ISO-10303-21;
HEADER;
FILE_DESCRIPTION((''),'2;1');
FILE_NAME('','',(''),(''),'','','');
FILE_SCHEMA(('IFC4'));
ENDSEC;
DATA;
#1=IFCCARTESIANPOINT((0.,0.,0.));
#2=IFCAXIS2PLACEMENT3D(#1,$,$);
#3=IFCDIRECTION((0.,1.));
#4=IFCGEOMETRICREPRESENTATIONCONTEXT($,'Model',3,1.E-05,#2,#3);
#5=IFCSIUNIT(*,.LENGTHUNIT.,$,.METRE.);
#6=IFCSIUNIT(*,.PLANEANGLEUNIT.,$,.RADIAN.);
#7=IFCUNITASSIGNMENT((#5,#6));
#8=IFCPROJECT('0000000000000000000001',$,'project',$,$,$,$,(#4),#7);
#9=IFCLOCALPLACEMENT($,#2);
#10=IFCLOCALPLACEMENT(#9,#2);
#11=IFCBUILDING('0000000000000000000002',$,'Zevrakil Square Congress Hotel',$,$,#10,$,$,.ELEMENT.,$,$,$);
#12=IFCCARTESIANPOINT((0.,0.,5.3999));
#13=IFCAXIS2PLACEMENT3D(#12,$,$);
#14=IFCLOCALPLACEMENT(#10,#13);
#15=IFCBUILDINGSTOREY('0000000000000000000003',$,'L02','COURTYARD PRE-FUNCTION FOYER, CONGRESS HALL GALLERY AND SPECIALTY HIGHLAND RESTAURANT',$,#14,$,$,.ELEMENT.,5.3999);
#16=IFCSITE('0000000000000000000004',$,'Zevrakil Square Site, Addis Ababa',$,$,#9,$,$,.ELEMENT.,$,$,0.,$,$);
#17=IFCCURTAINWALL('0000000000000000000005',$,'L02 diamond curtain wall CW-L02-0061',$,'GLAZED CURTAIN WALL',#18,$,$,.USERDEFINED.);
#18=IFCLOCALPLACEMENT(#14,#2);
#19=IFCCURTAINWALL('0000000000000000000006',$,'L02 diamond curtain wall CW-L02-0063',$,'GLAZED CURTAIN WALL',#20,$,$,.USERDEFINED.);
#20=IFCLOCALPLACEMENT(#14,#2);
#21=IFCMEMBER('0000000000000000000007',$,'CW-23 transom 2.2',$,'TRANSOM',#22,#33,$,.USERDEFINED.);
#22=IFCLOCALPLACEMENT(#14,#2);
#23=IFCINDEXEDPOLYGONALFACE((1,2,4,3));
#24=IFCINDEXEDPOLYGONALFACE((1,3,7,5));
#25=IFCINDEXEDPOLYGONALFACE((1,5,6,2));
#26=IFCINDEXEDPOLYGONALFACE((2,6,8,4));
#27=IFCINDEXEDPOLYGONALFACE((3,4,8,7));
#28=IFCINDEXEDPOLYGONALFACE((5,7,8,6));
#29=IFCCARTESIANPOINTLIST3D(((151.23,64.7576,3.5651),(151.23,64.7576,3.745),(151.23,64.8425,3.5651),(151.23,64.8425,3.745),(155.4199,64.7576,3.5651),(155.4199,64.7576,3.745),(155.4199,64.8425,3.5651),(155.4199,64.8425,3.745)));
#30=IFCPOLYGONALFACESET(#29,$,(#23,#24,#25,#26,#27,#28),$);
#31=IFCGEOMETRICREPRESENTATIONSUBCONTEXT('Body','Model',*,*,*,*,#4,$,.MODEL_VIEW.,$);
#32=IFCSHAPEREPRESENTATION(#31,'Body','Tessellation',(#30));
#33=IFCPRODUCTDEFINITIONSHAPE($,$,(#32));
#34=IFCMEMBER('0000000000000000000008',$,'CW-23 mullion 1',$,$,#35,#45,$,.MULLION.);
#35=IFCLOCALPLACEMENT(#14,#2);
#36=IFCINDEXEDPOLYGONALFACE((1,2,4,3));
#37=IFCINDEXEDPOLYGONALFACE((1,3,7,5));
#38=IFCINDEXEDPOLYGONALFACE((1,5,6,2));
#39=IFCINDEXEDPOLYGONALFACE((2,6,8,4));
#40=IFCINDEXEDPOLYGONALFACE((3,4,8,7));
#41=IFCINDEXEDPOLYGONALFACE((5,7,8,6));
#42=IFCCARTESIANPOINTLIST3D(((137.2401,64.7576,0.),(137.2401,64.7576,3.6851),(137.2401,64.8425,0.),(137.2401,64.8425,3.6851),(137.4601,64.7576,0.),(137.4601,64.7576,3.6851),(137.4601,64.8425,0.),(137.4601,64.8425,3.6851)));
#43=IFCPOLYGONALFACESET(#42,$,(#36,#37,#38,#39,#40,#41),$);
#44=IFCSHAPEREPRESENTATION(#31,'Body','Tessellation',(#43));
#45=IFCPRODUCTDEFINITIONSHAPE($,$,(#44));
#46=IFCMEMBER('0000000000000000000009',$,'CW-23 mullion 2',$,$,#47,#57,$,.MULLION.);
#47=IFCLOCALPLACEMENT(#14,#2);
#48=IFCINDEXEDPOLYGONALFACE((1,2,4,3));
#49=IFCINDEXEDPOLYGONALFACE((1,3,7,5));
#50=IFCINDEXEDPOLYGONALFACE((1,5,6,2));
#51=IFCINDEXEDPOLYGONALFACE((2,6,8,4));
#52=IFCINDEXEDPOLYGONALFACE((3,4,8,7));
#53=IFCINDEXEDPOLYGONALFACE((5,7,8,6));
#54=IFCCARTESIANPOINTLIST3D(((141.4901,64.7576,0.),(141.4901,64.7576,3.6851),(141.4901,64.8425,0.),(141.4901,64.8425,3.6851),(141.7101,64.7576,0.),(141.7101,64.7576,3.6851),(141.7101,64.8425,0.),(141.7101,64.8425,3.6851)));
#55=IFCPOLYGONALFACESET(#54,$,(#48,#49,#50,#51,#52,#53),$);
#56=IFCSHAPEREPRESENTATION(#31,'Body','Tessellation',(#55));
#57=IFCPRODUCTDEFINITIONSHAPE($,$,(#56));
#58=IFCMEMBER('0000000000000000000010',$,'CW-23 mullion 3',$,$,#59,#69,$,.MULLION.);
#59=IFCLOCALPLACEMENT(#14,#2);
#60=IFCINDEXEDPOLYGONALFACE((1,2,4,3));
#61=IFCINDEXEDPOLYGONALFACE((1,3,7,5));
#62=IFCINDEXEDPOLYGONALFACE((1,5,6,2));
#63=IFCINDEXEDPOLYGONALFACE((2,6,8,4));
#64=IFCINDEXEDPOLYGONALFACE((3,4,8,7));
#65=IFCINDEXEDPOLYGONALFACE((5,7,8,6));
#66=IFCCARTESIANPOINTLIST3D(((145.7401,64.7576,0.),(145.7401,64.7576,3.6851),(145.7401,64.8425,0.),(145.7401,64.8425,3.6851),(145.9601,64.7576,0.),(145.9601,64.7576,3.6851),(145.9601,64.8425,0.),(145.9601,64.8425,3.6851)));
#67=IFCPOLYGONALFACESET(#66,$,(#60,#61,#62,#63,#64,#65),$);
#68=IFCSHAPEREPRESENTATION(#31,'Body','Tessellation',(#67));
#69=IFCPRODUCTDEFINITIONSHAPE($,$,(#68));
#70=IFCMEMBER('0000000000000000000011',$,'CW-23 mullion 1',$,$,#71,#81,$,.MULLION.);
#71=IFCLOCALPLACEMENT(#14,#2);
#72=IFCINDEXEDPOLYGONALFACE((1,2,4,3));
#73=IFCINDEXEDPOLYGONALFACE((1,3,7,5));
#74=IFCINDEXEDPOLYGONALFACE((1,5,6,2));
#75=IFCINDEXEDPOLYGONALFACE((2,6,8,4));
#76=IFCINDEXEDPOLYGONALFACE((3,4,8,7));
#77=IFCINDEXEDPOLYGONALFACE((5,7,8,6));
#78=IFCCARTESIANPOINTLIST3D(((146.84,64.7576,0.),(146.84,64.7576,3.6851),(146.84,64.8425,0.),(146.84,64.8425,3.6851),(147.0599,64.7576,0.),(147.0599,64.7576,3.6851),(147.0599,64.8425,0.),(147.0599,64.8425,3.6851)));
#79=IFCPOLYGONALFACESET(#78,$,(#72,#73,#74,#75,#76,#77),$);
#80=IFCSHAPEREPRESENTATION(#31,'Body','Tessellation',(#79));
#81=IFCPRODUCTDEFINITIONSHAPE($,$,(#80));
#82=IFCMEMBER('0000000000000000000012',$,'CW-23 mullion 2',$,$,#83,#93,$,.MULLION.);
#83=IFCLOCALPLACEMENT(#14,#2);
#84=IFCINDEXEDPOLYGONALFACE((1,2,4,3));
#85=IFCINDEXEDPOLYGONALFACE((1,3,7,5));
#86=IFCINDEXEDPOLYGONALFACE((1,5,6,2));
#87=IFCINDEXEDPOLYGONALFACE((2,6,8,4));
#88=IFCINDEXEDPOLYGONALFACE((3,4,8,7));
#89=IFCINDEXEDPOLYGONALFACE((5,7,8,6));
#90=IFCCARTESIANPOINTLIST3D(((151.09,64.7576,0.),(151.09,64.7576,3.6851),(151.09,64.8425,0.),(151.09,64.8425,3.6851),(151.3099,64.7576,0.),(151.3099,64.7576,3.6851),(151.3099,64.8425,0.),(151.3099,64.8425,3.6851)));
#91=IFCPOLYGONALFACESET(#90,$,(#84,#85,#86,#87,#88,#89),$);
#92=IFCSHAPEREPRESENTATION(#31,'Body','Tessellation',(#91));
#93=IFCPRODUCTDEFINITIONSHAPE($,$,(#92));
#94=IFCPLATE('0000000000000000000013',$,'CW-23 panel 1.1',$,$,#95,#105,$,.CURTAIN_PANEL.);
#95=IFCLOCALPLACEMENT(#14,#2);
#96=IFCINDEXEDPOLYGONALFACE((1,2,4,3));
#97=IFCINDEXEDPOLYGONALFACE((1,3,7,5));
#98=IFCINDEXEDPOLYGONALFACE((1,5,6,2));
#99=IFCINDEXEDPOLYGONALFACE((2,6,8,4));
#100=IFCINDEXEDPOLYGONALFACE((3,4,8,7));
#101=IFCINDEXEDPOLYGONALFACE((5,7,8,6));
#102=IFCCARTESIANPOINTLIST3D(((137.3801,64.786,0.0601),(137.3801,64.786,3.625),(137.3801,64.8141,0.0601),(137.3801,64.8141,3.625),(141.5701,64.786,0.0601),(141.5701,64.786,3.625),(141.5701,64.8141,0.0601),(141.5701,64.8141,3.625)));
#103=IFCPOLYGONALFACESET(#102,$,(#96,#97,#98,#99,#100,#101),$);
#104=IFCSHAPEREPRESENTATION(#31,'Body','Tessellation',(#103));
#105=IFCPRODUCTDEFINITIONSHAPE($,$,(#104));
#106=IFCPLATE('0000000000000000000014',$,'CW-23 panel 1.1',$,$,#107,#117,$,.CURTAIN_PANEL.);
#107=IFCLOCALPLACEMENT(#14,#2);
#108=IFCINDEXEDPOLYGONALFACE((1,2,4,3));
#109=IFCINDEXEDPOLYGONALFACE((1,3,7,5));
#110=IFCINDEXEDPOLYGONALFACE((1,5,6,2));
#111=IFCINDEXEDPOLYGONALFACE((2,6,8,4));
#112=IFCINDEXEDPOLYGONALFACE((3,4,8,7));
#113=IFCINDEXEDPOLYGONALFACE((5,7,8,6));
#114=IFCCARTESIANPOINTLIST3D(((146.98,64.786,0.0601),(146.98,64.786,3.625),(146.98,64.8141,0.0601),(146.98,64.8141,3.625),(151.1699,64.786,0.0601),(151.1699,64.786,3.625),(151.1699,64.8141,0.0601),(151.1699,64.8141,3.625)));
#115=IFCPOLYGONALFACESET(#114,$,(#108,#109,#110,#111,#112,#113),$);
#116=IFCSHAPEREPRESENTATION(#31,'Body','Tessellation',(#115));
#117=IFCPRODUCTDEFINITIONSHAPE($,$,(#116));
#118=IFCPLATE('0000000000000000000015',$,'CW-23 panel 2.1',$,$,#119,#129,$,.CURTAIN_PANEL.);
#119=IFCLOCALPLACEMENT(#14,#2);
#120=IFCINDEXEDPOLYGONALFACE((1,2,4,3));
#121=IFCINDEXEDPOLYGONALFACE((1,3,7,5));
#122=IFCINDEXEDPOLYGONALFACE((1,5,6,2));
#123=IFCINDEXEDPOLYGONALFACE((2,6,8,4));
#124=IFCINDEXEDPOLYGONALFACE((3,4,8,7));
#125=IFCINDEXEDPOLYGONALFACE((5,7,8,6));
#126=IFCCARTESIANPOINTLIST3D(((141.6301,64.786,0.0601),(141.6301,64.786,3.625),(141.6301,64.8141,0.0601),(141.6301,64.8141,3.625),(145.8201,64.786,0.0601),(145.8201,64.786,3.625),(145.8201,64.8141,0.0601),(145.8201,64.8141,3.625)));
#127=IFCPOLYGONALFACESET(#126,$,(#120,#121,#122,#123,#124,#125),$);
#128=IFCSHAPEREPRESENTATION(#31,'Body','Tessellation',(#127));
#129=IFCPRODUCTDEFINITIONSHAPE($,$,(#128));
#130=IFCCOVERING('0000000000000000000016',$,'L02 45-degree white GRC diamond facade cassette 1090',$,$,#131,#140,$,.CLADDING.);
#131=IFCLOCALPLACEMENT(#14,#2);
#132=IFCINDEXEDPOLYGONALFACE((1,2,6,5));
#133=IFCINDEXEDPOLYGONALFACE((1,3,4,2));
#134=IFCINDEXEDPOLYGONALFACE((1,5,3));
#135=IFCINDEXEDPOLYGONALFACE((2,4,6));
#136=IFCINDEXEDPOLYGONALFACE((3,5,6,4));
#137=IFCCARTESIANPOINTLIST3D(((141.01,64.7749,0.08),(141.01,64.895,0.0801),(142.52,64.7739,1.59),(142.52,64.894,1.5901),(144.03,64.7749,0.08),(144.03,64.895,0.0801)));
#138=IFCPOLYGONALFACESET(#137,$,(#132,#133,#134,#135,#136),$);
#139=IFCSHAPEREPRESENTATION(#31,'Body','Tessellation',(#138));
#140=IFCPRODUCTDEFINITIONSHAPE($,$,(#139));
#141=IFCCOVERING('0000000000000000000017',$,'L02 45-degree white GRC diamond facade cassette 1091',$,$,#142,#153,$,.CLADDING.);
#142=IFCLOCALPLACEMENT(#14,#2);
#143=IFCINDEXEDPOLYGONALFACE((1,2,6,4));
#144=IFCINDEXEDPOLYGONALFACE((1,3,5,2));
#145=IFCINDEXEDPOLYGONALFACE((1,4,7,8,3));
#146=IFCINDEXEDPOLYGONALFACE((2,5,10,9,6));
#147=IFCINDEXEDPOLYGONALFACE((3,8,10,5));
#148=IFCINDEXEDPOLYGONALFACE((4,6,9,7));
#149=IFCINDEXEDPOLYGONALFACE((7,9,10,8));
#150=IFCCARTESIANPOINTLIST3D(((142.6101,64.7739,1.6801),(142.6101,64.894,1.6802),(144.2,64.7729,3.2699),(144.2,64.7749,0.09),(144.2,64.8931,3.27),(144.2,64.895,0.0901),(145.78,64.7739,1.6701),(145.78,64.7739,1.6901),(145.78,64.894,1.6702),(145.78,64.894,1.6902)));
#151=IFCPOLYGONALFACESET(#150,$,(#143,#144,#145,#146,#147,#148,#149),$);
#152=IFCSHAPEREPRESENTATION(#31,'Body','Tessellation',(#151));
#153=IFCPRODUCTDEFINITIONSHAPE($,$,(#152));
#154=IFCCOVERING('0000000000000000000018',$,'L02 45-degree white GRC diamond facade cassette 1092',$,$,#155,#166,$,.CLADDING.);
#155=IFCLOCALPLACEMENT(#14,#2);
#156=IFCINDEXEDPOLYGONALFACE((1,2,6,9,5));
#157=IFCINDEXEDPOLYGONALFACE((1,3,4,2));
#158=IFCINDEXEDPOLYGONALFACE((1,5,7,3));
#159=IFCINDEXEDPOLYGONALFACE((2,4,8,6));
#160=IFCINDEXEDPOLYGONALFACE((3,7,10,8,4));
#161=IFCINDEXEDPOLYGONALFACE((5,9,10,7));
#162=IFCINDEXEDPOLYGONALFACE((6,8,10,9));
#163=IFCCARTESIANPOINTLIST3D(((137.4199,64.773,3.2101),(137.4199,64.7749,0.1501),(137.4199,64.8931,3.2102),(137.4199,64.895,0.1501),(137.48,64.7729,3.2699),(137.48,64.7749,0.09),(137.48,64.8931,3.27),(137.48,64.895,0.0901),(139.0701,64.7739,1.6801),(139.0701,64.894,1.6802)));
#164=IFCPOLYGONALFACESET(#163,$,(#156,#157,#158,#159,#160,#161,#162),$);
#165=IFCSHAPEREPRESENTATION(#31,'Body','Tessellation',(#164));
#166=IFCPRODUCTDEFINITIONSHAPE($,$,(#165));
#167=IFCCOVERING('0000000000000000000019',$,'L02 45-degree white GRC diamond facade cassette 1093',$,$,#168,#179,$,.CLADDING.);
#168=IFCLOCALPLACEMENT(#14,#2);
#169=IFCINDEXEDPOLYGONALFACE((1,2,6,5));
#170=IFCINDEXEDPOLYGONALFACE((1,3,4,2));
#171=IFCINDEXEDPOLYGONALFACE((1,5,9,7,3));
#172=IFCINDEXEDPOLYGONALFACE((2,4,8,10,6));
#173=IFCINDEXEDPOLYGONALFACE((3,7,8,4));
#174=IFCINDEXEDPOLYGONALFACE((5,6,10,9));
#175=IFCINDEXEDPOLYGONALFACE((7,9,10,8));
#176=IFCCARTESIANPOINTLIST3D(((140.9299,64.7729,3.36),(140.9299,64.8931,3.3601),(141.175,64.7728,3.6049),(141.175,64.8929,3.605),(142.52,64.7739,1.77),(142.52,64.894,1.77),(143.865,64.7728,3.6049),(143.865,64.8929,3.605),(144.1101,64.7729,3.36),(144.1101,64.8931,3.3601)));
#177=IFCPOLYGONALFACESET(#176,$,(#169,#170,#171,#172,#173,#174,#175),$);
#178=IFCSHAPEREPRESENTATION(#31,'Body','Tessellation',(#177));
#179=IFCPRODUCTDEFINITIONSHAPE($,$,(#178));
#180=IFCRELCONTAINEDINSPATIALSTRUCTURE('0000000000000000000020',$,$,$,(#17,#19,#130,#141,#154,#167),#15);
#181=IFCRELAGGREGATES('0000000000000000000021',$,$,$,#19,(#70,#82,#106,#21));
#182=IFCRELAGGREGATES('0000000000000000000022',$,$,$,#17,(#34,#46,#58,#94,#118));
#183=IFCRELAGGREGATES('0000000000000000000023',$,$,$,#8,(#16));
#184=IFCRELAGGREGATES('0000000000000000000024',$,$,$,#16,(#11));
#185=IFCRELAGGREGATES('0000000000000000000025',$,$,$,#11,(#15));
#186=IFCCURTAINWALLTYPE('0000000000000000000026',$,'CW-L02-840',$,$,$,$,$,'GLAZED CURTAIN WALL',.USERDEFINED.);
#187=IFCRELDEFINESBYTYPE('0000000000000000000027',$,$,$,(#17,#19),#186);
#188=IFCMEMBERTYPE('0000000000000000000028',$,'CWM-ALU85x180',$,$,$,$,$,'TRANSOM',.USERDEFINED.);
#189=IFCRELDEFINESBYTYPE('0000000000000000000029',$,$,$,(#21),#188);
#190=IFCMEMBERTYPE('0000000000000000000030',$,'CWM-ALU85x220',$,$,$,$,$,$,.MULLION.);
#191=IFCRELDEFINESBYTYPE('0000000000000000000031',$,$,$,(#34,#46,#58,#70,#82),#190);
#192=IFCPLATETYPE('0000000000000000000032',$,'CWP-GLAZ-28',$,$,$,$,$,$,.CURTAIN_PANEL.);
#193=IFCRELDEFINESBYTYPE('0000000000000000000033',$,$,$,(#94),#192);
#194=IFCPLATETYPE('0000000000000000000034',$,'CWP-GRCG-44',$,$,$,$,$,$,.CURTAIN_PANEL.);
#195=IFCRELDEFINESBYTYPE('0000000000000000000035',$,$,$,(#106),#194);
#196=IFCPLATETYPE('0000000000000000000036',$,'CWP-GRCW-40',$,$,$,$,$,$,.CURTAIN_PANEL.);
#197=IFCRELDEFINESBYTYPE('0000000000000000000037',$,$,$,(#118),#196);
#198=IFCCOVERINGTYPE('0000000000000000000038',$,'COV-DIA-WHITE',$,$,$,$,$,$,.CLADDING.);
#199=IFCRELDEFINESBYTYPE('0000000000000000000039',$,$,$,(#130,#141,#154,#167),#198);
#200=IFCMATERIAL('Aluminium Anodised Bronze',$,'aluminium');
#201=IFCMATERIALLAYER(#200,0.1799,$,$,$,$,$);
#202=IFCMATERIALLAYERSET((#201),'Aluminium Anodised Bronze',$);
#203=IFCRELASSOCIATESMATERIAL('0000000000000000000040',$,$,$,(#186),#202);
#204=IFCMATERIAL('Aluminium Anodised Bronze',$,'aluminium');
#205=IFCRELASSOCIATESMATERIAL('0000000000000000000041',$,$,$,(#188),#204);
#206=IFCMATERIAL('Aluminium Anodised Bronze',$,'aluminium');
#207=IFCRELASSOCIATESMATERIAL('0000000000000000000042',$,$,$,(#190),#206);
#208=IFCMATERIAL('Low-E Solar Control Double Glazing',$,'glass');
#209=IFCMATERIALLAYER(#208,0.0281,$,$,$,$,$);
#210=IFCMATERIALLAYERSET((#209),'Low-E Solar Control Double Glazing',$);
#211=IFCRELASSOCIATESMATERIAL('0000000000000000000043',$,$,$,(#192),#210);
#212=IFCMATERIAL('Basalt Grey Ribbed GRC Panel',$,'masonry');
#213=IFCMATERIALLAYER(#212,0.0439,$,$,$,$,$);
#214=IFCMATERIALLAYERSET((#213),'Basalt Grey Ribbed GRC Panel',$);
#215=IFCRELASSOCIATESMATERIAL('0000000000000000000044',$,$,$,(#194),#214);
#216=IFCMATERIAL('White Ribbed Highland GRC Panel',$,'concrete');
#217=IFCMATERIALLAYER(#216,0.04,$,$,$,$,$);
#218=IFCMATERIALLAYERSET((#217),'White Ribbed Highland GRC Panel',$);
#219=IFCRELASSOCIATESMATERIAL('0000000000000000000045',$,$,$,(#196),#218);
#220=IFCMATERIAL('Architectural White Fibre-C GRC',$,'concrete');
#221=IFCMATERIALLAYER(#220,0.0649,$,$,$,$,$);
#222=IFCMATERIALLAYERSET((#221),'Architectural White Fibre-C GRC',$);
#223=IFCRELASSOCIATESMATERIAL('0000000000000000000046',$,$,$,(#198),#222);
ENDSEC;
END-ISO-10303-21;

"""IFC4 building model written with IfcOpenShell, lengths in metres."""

from ifc_helpers import new_model, si_unit, direction, frame, origin, origin_2d, place, context, subcontext, project, spatial, polyline, rectangle, outline, extrude, material, layer, layer_set, material_profile, profile_set, type_object, element, aggregate, save


model = new_model("IFC4")

# Units and contexts
model_context = context("Model", 3, precision=1e-05, world=origin(), true_north=direction((0.0, 1.0)))
body_context = subcontext(model_context, "Body", "Model", "MODEL_VIEW")
ifc_project = project(units=[si_unit("LENGTHUNIT", "METRE"), si_unit("PLANEANGLEUNIT", "RADIAN")], contexts=[model_context])

# Site, building, storey
site_placement = place(None, origin())
site = spatial("IfcSite", under=ifc_project, at=site_placement, Name="Zevrakil Square Site, Addis Ababa", CompositionType="ELEMENT", RefElevation=0.0)
building_placement = place(site_placement, origin())
building = spatial("IfcBuilding", under=site, at=building_placement, Name="Zevrakil Square Congress Hotel", CompositionType="ELEMENT")
storey_placement = place(building_placement, frame((0.0, 0.0, 5.3999)))
storey = spatial("IfcBuildingStorey", under=building, at=storey_placement, Name="L02", Description="COURTYARD PRE-FUNCTION FOYER, CONGRESS HALL GALLERY AND SPECIALTY HIGHLAND RESTAURANT", CompositionType="ELEMENT", Elevation=5.3999)

# Curtain walls, member
ifc_material_1 = material(Name="Aluminium Anodised Bronze", Category="aluminium")
ifc_layer_1 = layer(ifc_material_1, 0.1799)
ifc_layer_set_1 = layer_set([ifc_layer_1], Name="Aluminium Anodised Bronze")
curtain_wall_type = type_object("IfcCurtainWallType", Name="CW-L02-840", ElementType="GLAZED CURTAIN WALL", PredefinedType="USERDEFINED", material=ifc_layer_set_1)
curtain_wall_1_placement = place(storey_placement, origin())
curtain_wall_1 = element("IfcCurtainWall", 1, at=curtain_wall_1_placement, inside=storey, type_object=curtain_wall_type, Name="L02 diamond curtain wall CW-L02-0061", ObjectType="GLAZED CURTAIN WALL", PredefinedType="USERDEFINED")
ifc_material_2 = material(Name="Aluminium Anodised Bronze", Category="aluminium")
ifc_material_profile_1 = material_profile(ifc_material_2, rectangle(XDim=0.085, YDim=0.1799, at=origin_2d()), Name="ALU 85x180")
ifc_profile_set_1 = profile_set([ifc_material_profile_1], Name="Aluminium Anodised Bronze")
member_type_1 = type_object("IfcMemberType", Name="CWM-ALU85x180", ElementType="TRANSOM", PredefinedType="USERDEFINED", material=ifc_profile_set_1)
curtain_wall_2_placement = place(storey_placement, origin())
curtain_wall_2 = element("IfcCurtainWall", 2, at=curtain_wall_2_placement, inside=storey, type_object=curtain_wall_type, Name="L02 diamond curtain wall CW-L02-0063", ObjectType="GLAZED CURTAIN WALL", PredefinedType="USERDEFINED")
member_1_placement = place(storey_placement, frame((151.23, 64.8, 3.655), z_axis=(1.0, 0.0, 0.0), x_axis=(0.0, 1.0, 0.0)))
member_1 = element("IfcMember", 3, at=member_1_placement, type_object=member_type_1, Name="CW-23 transom 2.2", ObjectType="TRANSOM", PredefinedType="USERDEFINED", context=body_context, shape_type="SweptSolid", body=[
    extrude(rectangle(XDim=0.085, YDim=0.1799, at=origin_2d()), origin(), (0.0, 0.0, 1.0), 4.1899),
])

# Members
ifc_material_3 = material(Name="Aluminium Anodised Bronze", Category="aluminium")
ifc_material_profile_2 = material_profile(ifc_material_3, rectangle(XDim=0.085, YDim=0.22, at=origin_2d()), Name="ALU 85x220")
ifc_profile_set_2 = profile_set([ifc_material_profile_2], Name="Aluminium Anodised Bronze")
member_type_2 = type_object("IfcMemberType", Name="CWM-ALU85x220", PredefinedType="MULLION", material=ifc_profile_set_2)
member_2_placement = place(storey_placement, frame((137.3501, 64.8, 0.0), z_axis=(0.0, 0.0, 1.0), x_axis=(0.0, 1.0, 0.0)))
member_2 = element("IfcMember", 4, at=member_2_placement, type_object=member_type_2, Name="CW-23 mullion 1", PredefinedType="MULLION", context=body_context, shape_type="SweptSolid", body=[
    extrude(rectangle(XDim=0.085, YDim=0.22, at=origin_2d()), origin(), (0.0, 0.0, 1.0), 3.6851),
])
member_3_placement = place(storey_placement, frame((141.6001, 64.8, 0.0), z_axis=(0.0, 0.0, 1.0), x_axis=(0.0, 1.0, 0.0)))
member_3 = element("IfcMember", 5, at=member_3_placement, type_object=member_type_2, Name="CW-23 mullion 2", PredefinedType="MULLION", context=body_context, shape_type="SweptSolid", body=[
    extrude(rectangle(XDim=0.085, YDim=0.22, at=origin_2d()), origin(), (0.0, 0.0, 1.0), 3.6851),
])
member_4_placement = place(storey_placement, frame((145.8501, 64.8, 0.0), z_axis=(0.0, 0.0, 1.0), x_axis=(0.0, 1.0, 0.0)))
member_4 = element("IfcMember", 6, at=member_4_placement, type_object=member_type_2, Name="CW-23 mullion 3", PredefinedType="MULLION", context=body_context, shape_type="SweptSolid", body=[
    extrude(rectangle(XDim=0.085, YDim=0.22, at=origin_2d()), origin(), (0.0, 0.0, 1.0), 3.6851),
])
member_5_placement = place(storey_placement, frame((146.95, 64.8, 0.0), z_axis=(0.0, 0.0, 1.0), x_axis=(0.0, 1.0, 0.0)))
member_5 = element("IfcMember", 7, at=member_5_placement, type_object=member_type_2, Name="CW-23 mullion 1", PredefinedType="MULLION", context=body_context, shape_type="SweptSolid", body=[
    extrude(rectangle(XDim=0.085, YDim=0.22, at=origin_2d()), origin(), (0.0, 0.0, 1.0), 3.6851),
])
member_6_placement = place(storey_placement, frame((151.2, 64.8, 0.0), z_axis=(0.0, 0.0, 1.0), x_axis=(0.0, 1.0, 0.0)))
member_6 = element("IfcMember", 8, at=member_6_placement, type_object=member_type_2, Name="CW-23 mullion 2", PredefinedType="MULLION", context=body_context, shape_type="SweptSolid", body=[
    extrude(rectangle(XDim=0.085, YDim=0.22, at=origin_2d()), origin(), (0.0, 0.0, 1.0), 3.6851),
])

# Plates
ifc_material_4 = material(Name="Low-E Solar Control Double Glazing", Category="glass")
ifc_layer_2 = layer(ifc_material_4, 0.0281)
ifc_layer_set_2 = layer_set([ifc_layer_2], Name="Low-E Solar Control Double Glazing")
plate_type_1 = type_object("IfcPlateType", Name="CWP-GLAZ-28", PredefinedType="CURTAIN_PANEL", material=ifc_layer_set_2)
plate_1_placement = place(storey_placement, frame((139.4751, 64.8, 0.0601), z_axis=(0.0, 0.0, 1.0), x_axis=(1.0, 0.0, 0.0)))
plate_1 = element("IfcPlate", 9, at=plate_1_placement, type_object=plate_type_1, Name="CW-23 panel 1.1", PredefinedType="CURTAIN_PANEL", context=body_context, shape_type="SweptSolid", body=[
    extrude(rectangle(XDim=4.1899, YDim=0.0281, at=origin_2d()), origin(), (0.0, 0.0, 1.0), 3.5649),
])
ifc_material_5 = material(Name="Basalt Grey Ribbed GRC Panel", Category="masonry")
ifc_layer_3 = layer(ifc_material_5, 0.0439)
ifc_layer_set_3 = layer_set([ifc_layer_3], Name="Basalt Grey Ribbed GRC Panel")
plate_type_2 = type_object("IfcPlateType", Name="CWP-GRCG-44", PredefinedType="CURTAIN_PANEL", material=ifc_layer_set_3)
plate_2_placement = place(storey_placement, frame((149.075, 64.8, 0.0601), z_axis=(0.0, 0.0, 1.0), x_axis=(1.0, 0.0, 0.0)))
plate_2 = element("IfcPlate", 10, at=plate_2_placement, type_object=plate_type_2, Name="CW-23 panel 1.1", PredefinedType="CURTAIN_PANEL", context=body_context, shape_type="SweptSolid", body=[
    extrude(rectangle(XDim=4.1899, YDim=0.0281, at=origin_2d()), origin(), (0.0, 0.0, 1.0), 3.5649),
])
aggregate(curtain_wall_2, [member_5, member_6, plate_2, member_1])
ifc_material_6 = material(Name="White Ribbed Highland GRC Panel", Category="concrete")
ifc_layer_4 = layer(ifc_material_6, 0.04)
ifc_layer_set_4 = layer_set([ifc_layer_4], Name="White Ribbed Highland GRC Panel")
plate_type_3 = type_object("IfcPlateType", Name="CWP-GRCW-40", PredefinedType="CURTAIN_PANEL", material=ifc_layer_set_4)
plate_3_placement = place(storey_placement, frame((143.7251, 64.8, 0.0601), z_axis=(0.0, 0.0, 1.0), x_axis=(1.0, 0.0, 0.0)))
plate_3 = element("IfcPlate", 11, at=plate_3_placement, type_object=plate_type_3, Name="CW-23 panel 2.1", PredefinedType="CURTAIN_PANEL", context=body_context, shape_type="SweptSolid", body=[
    extrude(rectangle(XDim=4.1899, YDim=0.0281, at=origin_2d()), origin(), (0.0, 0.0, 1.0), 3.5649),
])
aggregate(curtain_wall_1, [member_2, member_3, member_4, plate_1, plate_3])

# Coverings
ifc_material_7 = material(Name="Architectural White Fibre-C GRC", Category="concrete")
ifc_layer_5 = layer(ifc_material_7, 0.0649)
ifc_layer_set_5 = layer_set([ifc_layer_5], Name="Architectural White Fibre-C GRC")
covering_type_1 = type_object("IfcCoveringType", Name="COV-DIA-WHITE", PredefinedType="CLADDING", material=ifc_layer_set_5)
covering_1_placement = place(storey_placement, frame((142.52, 64.894, 1.5901), z_axis=(0.0, 1.0, 0.000647), x_axis=(-0.707107, 0.000457, -0.707107)))
element("IfcCovering", 12, at=covering_1_placement, inside=storey, type_object=covering_type_1, Name="L02 45-degree white GRC diamond facade cassette 1090", PredefinedType="CLADDING", context=body_context, shape_type="SweptSolid", body=[
    extrude(outline(polyline([(0.0, 0.0), (2.1355, 0.0), (0.0, -2.1355), (0.0, 0.0)])), origin(), (0.0, 0.0, -1.0), 0.1201),
])
covering_2_placement = place(storey_placement, frame((144.2, 64.8931, 3.27), z_axis=(0.0, 1.0, 0.000612), x_axis=(-0.707107, 0.000433, -0.707107)))
element("IfcCovering", 13, at=covering_2_placement, inside=storey, type_object=covering_type_1, Name="L02 45-degree white GRC diamond facade cassette 1091", PredefinedType="CLADDING", context=body_context, shape_type="SweptSolid", body=[
    extrude(outline(polyline([(0.0, 0.0), (2.2484, 0.0), (2.2486, -2.2486), (0.014, -2.2486), (-0.0002, -2.2344), (0.0, 0.0)])), origin(), (0.0, 0.0, -1.0), 0.1201),
])
covering_3_placement = place(storey_placement, frame((137.48, 64.895, 0.0901), z_axis=(0.0, 1.0, 0.000615), x_axis=(0.707107, -0.000435, 0.707107)))
element("IfcCovering", 14, at=covering_3_placement, inside=storey, type_object=covering_type_1, Name="L02 45-degree white GRC diamond facade cassette 1092", PredefinedType="CLADDING", context=body_context, shape_type="SweptSolid", body=[
    extrude(outline(polyline([(0.0, 0.0), (2.2487, 0.0), (2.2486, -2.2486), (2.1638, -2.2487), (0.0, -0.0849), (0.0, 0.0)])), origin(), (0.0, 0.0, -1.0), 0.1201),
])
covering_4_placement = place(storey_placement, frame((140.9299, 64.8931, 3.3601), z_axis=(0.0, 1.0, 0.000579), x_axis=(0.707107, 0.00041, -0.707107)))
element("IfcCovering", 15, at=covering_4_placement, inside=storey, type_object=covering_type_1, Name="L02 45-degree white GRC diamond facade cassette 1093", PredefinedType="CLADDING", context=body_context, shape_type="SweptSolid", body=[
    extrude(outline(polyline([(0.0, 0.0), (2.2487, 0.0), (2.2487, -2.2487), (1.9022, -2.2486), (0.0002, -0.3465), (0.0, 0.0)])), origin(), (0.0, 0.0, -1.0), 0.1201),
])

save(model, "model.ifc")
